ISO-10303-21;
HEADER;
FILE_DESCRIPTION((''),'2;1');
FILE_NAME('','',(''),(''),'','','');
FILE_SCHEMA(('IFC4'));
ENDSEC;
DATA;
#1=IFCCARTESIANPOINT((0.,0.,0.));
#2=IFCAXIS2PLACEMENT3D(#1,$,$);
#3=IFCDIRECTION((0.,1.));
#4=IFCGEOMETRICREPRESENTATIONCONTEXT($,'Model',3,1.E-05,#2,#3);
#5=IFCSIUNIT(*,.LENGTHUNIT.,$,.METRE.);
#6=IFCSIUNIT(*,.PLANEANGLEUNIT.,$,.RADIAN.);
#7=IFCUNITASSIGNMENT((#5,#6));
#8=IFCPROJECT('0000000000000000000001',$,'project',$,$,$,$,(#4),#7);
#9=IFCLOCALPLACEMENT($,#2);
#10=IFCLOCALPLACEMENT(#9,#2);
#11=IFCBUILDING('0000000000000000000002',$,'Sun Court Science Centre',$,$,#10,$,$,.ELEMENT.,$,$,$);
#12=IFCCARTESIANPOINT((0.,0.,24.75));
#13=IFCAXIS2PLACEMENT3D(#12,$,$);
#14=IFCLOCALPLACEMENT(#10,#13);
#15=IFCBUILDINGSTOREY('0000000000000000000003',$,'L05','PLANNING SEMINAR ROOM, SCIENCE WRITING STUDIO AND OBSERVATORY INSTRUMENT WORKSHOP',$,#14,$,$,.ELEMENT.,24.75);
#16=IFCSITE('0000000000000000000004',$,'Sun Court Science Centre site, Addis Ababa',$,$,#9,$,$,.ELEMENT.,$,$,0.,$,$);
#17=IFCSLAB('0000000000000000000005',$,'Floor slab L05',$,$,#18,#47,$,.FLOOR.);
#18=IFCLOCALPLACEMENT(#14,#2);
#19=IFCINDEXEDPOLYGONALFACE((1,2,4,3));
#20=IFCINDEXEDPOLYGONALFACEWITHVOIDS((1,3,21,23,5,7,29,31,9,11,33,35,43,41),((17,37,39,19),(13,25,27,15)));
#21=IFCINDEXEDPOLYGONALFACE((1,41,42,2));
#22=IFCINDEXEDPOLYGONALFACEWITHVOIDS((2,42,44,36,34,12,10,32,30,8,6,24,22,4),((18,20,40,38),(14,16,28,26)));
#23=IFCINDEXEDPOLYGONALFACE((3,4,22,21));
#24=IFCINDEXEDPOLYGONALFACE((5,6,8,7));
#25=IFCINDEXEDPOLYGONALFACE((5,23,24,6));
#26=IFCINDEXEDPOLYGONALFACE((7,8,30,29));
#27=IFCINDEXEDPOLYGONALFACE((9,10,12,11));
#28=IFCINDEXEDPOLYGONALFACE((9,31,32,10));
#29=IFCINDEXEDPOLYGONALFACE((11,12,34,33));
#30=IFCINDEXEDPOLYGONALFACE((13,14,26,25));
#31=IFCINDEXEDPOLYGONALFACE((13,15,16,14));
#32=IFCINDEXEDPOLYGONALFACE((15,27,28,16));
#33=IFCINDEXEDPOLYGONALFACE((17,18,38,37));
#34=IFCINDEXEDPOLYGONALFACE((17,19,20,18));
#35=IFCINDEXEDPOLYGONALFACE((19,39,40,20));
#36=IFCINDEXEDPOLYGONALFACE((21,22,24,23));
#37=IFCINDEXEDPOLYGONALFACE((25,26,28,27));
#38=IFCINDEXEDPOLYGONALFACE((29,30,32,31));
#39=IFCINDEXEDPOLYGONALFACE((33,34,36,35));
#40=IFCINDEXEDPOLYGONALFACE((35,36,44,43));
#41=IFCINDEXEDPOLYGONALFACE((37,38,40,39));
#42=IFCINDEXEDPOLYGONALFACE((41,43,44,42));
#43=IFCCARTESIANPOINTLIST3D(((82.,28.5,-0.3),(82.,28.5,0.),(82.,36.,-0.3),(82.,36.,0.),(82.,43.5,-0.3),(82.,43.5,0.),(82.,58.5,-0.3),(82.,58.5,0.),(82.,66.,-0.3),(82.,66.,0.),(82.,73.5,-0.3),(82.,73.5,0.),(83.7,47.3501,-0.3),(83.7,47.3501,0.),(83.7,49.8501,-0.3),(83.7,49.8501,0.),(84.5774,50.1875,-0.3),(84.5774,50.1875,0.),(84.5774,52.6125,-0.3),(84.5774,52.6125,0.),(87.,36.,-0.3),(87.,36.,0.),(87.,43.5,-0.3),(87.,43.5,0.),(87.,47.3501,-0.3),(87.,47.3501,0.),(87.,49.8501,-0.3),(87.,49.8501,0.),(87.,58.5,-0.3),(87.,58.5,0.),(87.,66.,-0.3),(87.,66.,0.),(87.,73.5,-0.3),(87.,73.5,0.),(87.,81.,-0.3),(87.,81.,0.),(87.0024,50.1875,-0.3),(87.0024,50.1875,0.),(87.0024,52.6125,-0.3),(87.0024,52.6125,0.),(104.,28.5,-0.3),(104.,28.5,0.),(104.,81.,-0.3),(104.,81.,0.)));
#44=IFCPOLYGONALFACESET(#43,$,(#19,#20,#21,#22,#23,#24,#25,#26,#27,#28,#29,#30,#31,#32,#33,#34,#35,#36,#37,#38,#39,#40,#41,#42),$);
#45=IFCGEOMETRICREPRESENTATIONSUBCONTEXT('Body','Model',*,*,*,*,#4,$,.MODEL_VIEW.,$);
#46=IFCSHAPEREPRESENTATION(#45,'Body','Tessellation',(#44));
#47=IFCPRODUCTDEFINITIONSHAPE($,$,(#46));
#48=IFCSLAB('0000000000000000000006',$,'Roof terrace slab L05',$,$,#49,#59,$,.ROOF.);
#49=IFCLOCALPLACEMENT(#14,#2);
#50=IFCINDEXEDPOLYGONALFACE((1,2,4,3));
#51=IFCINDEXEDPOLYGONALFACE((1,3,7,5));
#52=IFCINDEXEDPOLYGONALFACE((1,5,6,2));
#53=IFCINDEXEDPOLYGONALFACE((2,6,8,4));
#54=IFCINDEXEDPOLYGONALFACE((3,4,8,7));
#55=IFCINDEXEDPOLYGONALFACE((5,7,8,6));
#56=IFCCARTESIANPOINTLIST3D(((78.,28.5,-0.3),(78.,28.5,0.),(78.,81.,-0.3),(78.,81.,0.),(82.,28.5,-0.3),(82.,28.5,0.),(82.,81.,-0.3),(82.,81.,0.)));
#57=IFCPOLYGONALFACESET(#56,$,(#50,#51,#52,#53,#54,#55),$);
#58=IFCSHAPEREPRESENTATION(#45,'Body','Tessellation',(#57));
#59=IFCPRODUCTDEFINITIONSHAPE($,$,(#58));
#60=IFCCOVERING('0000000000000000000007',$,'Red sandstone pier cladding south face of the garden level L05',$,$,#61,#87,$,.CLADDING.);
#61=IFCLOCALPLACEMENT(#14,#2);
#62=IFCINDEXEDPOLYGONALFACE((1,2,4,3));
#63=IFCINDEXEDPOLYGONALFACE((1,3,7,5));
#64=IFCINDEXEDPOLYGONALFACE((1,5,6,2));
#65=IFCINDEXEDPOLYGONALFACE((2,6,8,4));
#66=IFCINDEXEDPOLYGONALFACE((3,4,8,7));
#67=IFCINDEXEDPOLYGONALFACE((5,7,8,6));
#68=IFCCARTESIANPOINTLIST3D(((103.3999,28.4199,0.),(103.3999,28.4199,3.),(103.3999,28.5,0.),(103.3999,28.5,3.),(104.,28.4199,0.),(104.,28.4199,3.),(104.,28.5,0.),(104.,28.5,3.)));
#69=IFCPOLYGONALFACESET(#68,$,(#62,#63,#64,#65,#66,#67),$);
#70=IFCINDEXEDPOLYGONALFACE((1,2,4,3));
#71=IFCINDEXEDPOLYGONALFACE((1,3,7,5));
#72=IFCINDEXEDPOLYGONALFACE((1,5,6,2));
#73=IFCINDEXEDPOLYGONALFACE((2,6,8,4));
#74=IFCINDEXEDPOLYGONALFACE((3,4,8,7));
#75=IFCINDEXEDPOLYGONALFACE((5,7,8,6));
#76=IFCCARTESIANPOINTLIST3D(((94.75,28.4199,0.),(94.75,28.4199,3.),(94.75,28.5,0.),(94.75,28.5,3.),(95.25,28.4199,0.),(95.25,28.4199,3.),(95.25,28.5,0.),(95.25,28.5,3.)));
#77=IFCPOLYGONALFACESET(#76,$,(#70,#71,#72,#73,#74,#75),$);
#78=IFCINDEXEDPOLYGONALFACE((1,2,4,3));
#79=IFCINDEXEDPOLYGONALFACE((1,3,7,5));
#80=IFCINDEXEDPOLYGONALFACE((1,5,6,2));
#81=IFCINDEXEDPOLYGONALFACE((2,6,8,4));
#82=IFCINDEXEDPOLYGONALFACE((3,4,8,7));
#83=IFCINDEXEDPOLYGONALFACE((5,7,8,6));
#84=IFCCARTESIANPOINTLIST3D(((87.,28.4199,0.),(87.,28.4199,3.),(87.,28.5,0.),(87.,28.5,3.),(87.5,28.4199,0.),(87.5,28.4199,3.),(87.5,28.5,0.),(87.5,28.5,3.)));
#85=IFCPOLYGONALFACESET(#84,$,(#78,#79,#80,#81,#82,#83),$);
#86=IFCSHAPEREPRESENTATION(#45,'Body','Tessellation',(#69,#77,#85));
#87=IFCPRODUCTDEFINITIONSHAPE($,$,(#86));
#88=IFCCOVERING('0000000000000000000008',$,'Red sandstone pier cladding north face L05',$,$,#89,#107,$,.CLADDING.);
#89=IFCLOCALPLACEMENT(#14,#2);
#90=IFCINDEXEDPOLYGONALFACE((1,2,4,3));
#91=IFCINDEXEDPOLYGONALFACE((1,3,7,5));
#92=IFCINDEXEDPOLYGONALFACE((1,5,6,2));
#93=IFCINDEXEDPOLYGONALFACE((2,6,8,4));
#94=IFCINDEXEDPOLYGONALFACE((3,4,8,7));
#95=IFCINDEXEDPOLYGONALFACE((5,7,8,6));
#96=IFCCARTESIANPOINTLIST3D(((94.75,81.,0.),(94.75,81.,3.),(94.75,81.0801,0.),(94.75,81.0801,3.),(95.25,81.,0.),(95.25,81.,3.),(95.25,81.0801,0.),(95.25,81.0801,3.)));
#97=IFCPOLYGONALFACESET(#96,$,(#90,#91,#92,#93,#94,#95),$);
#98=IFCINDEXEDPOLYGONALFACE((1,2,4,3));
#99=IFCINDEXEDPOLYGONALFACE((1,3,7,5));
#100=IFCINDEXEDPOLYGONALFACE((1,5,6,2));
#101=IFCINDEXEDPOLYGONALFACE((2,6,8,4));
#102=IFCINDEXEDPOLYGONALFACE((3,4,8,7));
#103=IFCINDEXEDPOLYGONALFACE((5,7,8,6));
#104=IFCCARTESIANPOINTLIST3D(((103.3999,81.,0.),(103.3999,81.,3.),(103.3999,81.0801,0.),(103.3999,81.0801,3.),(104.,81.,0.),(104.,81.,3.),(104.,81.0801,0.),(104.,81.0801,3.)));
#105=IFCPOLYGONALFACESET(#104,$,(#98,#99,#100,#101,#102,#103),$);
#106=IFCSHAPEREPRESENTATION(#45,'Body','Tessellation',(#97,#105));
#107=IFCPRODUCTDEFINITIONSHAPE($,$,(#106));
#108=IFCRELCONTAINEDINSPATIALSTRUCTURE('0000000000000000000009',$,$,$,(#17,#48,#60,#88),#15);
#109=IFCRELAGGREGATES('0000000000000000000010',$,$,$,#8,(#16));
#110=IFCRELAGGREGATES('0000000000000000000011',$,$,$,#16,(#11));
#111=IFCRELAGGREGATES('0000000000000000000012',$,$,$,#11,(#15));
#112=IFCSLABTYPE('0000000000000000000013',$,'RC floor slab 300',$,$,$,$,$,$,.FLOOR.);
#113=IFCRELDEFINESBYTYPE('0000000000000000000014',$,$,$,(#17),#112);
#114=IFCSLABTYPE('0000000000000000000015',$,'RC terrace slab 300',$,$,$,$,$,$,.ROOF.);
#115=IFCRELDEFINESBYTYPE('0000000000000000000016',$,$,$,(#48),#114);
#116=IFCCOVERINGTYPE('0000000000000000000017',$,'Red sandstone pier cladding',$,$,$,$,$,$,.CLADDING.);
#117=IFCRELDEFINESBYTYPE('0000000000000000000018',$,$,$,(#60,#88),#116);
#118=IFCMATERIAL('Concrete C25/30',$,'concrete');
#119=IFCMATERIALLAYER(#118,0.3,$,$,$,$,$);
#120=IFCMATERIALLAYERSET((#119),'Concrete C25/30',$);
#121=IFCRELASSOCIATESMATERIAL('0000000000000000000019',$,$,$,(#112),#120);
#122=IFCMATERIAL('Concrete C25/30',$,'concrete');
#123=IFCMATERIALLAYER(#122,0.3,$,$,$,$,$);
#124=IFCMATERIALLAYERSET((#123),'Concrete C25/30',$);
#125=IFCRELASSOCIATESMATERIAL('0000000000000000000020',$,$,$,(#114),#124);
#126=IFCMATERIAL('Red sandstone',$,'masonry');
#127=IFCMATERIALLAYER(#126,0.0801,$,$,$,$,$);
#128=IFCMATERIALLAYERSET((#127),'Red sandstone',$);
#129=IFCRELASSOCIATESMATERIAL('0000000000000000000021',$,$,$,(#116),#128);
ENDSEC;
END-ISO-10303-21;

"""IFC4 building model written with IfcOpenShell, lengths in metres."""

from ifc_helpers import new_model, si_unit, direction, frame, origin, origin_2d, place, context, subcontext, project, spatial, polyline, rectangle, outline, extrude, material, layer, layer_set, type_object, element, save


model = new_model("IFC4")

# Units and contexts
model_context = context("Model", 3, precision=1e-05, world=origin(), true_north=direction((0.0, 1.0)))
body_context = subcontext(model_context, "Body", "Model", "MODEL_VIEW")
ifc_project = project(units=[si_unit("LENGTHUNIT", "METRE"), si_unit("PLANEANGLEUNIT", "RADIAN")], contexts=[model_context])

# Site, building, storey
site_placement = place(None, origin())
site = spatial("IfcSite", under=ifc_project, at=site_placement, Name="Sun Court Science Centre site, Addis Ababa", CompositionType="ELEMENT", RefElevation=0.0)
building_placement = place(site_placement, origin())
building = spatial("IfcBuilding", under=site, at=building_placement, Name="Sun Court Science Centre", CompositionType="ELEMENT")
storey_placement = place(building_placement, frame((0.0, 0.0, 24.75)))
storey = spatial("IfcBuildingStorey", under=building, at=storey_placement, Name="L05", Description="PLANNING SEMINAR ROOM, SCIENCE WRITING STUDIO AND OBSERVATORY INSTRUMENT WORKSHOP", CompositionType="ELEMENT", Elevation=24.75)

# Slabs
ifc_material_1 = material(Name="Concrete C25/30", Category="concrete")
ifc_layer_1 = layer(ifc_material_1, 0.3)
ifc_layer_set_1 = layer_set([ifc_layer_1], Name="Concrete C25/30")
slab_type_1 = type_object("IfcSlabType", Name="RC floor slab 300", PredefinedType="FLOOR", material=ifc_layer_set_1)
slab_1_placement = place(storey_placement, frame((0.0, 0.0, -0.3)))
element("IfcSlab", 1, at=slab_1_placement, inside=storey, type_object=slab_type_1, Name="Floor slab L05", PredefinedType="FLOOR", context=body_context, shape_type="SweptSolid", body=[
    extrude(outline(polyline([(104.0, 28.5), (104.0, 81.0), (87.0, 81.0), (87.0, 73.5), (82.0, 73.5), (82.0, 66.0), (87.0, 66.0), (87.0, 58.5), (82.0, 58.5), (82.0, 43.5), (87.0, 43.5), (87.0, 36.0), (82.0, 36.0), (82.0, 28.5), (104.0, 28.5)]), holes=[polyline([(84.5774, 50.1875), (84.5774, 52.6125), (87.0024, 52.6125), (87.0024, 50.1875), (84.5774, 50.1875)]), polyline([(83.7, 47.3501), (83.7, 49.8501), (87.0, 49.8501), (87.0, 47.3501), (83.7, 47.3501)])]), origin(), (0.0, 0.0, 1.0), 0.3),
])
ifc_material_2 = material(Name="Concrete C25/30", Category="concrete")
ifc_layer_2 = layer(ifc_material_2, 0.3)
ifc_layer_set_2 = layer_set([ifc_layer_2], Name="Concrete C25/30")
slab_type_2 = type_object("IfcSlabType", Name="RC terrace slab 300", PredefinedType="ROOF", material=ifc_layer_set_2)
slab_2_placement = place(storey_placement, frame((0.0, 0.0, -0.3)))
element("IfcSlab", 2, at=slab_2_placement, inside=storey, type_object=slab_type_2, Name="Roof terrace slab L05", PredefinedType="ROOF", context=body_context, shape_type="SweptSolid", body=[
    extrude(outline(polyline([(82.0, 28.5), (82.0, 81.0), (78.0, 81.0), (78.0, 28.5), (82.0, 28.5)])), origin(), (0.0, 0.0, 1.0), 0.3),
])

# Coverings
ifc_material_3 = material(Name="Red sandstone", Category="masonry")
ifc_layer_3 = layer(ifc_material_3, 0.0801)
ifc_layer_set_3 = layer_set([ifc_layer_3], Name="Red sandstone")
covering_type_1 = type_object("IfcCoveringType", Name="Red sandstone pier cladding", PredefinedType="CLADDING", material=ifc_layer_set_3)
covering_1_placement = place(storey_placement, frame((0.0, 0.0, -24.75)))
element("IfcCovering", 3, at=covering_1_placement, inside=storey, type_object=covering_type_1, Name="Red sandstone pier cladding south face of the garden level L05", PredefinedType="CLADDING", context=body_context, shape_type="SweptSolid", body=[
    extrude(rectangle(XDim=0.6001, YDim=0.0801, at=origin_2d()), frame((103.7, 28.46, 24.75), z_axis=(0.0, 0.0, 1.0), x_axis=(-1.0, 0.0, 0.0)), (0.0, 0.0, 1.0), 3.0),
    extrude(rectangle(XDim=0.5, YDim=0.0801, at=origin_2d()), frame((95.0, 28.46, 24.75), z_axis=(0.0, 0.0, 1.0), x_axis=(-1.0, 0.0, 0.0)), (0.0, 0.0, 1.0), 3.0),
    extrude(rectangle(XDim=0.5, YDim=0.0801, at=origin_2d()), frame((87.25, 28.46, 24.75), z_axis=(0.0, 0.0, 1.0), x_axis=(-1.0, 0.0, 0.0)), (0.0, 0.0, 1.0), 3.0),
])
covering_2_placement = place(storey_placement, frame((0.0, 0.0, -24.75)))
element("IfcCovering", 4, at=covering_2_placement, inside=storey, type_object=covering_type_1, Name="Red sandstone pier cladding north face L05", PredefinedType="CLADDING", context=body_context, shape_type="SweptSolid", body=[
    extrude(rectangle(XDim=0.5, YDim=0.0801, at=origin_2d()), frame((95.0, 81.04, 24.75), z_axis=(0.0, 0.0, 1.0), x_axis=(1.0, 0.0, 0.0)), (0.0, 0.0, 1.0), 3.0),
    extrude(rectangle(XDim=0.6001, YDim=0.0801, at=origin_2d()), frame((103.7, 81.04, 24.75), z_axis=(0.0, 0.0, 1.0), x_axis=(1.0, 0.0, 0.0)), (0.0, 0.0, 1.0), 3.0),
])

save(model, "model.ifc")
